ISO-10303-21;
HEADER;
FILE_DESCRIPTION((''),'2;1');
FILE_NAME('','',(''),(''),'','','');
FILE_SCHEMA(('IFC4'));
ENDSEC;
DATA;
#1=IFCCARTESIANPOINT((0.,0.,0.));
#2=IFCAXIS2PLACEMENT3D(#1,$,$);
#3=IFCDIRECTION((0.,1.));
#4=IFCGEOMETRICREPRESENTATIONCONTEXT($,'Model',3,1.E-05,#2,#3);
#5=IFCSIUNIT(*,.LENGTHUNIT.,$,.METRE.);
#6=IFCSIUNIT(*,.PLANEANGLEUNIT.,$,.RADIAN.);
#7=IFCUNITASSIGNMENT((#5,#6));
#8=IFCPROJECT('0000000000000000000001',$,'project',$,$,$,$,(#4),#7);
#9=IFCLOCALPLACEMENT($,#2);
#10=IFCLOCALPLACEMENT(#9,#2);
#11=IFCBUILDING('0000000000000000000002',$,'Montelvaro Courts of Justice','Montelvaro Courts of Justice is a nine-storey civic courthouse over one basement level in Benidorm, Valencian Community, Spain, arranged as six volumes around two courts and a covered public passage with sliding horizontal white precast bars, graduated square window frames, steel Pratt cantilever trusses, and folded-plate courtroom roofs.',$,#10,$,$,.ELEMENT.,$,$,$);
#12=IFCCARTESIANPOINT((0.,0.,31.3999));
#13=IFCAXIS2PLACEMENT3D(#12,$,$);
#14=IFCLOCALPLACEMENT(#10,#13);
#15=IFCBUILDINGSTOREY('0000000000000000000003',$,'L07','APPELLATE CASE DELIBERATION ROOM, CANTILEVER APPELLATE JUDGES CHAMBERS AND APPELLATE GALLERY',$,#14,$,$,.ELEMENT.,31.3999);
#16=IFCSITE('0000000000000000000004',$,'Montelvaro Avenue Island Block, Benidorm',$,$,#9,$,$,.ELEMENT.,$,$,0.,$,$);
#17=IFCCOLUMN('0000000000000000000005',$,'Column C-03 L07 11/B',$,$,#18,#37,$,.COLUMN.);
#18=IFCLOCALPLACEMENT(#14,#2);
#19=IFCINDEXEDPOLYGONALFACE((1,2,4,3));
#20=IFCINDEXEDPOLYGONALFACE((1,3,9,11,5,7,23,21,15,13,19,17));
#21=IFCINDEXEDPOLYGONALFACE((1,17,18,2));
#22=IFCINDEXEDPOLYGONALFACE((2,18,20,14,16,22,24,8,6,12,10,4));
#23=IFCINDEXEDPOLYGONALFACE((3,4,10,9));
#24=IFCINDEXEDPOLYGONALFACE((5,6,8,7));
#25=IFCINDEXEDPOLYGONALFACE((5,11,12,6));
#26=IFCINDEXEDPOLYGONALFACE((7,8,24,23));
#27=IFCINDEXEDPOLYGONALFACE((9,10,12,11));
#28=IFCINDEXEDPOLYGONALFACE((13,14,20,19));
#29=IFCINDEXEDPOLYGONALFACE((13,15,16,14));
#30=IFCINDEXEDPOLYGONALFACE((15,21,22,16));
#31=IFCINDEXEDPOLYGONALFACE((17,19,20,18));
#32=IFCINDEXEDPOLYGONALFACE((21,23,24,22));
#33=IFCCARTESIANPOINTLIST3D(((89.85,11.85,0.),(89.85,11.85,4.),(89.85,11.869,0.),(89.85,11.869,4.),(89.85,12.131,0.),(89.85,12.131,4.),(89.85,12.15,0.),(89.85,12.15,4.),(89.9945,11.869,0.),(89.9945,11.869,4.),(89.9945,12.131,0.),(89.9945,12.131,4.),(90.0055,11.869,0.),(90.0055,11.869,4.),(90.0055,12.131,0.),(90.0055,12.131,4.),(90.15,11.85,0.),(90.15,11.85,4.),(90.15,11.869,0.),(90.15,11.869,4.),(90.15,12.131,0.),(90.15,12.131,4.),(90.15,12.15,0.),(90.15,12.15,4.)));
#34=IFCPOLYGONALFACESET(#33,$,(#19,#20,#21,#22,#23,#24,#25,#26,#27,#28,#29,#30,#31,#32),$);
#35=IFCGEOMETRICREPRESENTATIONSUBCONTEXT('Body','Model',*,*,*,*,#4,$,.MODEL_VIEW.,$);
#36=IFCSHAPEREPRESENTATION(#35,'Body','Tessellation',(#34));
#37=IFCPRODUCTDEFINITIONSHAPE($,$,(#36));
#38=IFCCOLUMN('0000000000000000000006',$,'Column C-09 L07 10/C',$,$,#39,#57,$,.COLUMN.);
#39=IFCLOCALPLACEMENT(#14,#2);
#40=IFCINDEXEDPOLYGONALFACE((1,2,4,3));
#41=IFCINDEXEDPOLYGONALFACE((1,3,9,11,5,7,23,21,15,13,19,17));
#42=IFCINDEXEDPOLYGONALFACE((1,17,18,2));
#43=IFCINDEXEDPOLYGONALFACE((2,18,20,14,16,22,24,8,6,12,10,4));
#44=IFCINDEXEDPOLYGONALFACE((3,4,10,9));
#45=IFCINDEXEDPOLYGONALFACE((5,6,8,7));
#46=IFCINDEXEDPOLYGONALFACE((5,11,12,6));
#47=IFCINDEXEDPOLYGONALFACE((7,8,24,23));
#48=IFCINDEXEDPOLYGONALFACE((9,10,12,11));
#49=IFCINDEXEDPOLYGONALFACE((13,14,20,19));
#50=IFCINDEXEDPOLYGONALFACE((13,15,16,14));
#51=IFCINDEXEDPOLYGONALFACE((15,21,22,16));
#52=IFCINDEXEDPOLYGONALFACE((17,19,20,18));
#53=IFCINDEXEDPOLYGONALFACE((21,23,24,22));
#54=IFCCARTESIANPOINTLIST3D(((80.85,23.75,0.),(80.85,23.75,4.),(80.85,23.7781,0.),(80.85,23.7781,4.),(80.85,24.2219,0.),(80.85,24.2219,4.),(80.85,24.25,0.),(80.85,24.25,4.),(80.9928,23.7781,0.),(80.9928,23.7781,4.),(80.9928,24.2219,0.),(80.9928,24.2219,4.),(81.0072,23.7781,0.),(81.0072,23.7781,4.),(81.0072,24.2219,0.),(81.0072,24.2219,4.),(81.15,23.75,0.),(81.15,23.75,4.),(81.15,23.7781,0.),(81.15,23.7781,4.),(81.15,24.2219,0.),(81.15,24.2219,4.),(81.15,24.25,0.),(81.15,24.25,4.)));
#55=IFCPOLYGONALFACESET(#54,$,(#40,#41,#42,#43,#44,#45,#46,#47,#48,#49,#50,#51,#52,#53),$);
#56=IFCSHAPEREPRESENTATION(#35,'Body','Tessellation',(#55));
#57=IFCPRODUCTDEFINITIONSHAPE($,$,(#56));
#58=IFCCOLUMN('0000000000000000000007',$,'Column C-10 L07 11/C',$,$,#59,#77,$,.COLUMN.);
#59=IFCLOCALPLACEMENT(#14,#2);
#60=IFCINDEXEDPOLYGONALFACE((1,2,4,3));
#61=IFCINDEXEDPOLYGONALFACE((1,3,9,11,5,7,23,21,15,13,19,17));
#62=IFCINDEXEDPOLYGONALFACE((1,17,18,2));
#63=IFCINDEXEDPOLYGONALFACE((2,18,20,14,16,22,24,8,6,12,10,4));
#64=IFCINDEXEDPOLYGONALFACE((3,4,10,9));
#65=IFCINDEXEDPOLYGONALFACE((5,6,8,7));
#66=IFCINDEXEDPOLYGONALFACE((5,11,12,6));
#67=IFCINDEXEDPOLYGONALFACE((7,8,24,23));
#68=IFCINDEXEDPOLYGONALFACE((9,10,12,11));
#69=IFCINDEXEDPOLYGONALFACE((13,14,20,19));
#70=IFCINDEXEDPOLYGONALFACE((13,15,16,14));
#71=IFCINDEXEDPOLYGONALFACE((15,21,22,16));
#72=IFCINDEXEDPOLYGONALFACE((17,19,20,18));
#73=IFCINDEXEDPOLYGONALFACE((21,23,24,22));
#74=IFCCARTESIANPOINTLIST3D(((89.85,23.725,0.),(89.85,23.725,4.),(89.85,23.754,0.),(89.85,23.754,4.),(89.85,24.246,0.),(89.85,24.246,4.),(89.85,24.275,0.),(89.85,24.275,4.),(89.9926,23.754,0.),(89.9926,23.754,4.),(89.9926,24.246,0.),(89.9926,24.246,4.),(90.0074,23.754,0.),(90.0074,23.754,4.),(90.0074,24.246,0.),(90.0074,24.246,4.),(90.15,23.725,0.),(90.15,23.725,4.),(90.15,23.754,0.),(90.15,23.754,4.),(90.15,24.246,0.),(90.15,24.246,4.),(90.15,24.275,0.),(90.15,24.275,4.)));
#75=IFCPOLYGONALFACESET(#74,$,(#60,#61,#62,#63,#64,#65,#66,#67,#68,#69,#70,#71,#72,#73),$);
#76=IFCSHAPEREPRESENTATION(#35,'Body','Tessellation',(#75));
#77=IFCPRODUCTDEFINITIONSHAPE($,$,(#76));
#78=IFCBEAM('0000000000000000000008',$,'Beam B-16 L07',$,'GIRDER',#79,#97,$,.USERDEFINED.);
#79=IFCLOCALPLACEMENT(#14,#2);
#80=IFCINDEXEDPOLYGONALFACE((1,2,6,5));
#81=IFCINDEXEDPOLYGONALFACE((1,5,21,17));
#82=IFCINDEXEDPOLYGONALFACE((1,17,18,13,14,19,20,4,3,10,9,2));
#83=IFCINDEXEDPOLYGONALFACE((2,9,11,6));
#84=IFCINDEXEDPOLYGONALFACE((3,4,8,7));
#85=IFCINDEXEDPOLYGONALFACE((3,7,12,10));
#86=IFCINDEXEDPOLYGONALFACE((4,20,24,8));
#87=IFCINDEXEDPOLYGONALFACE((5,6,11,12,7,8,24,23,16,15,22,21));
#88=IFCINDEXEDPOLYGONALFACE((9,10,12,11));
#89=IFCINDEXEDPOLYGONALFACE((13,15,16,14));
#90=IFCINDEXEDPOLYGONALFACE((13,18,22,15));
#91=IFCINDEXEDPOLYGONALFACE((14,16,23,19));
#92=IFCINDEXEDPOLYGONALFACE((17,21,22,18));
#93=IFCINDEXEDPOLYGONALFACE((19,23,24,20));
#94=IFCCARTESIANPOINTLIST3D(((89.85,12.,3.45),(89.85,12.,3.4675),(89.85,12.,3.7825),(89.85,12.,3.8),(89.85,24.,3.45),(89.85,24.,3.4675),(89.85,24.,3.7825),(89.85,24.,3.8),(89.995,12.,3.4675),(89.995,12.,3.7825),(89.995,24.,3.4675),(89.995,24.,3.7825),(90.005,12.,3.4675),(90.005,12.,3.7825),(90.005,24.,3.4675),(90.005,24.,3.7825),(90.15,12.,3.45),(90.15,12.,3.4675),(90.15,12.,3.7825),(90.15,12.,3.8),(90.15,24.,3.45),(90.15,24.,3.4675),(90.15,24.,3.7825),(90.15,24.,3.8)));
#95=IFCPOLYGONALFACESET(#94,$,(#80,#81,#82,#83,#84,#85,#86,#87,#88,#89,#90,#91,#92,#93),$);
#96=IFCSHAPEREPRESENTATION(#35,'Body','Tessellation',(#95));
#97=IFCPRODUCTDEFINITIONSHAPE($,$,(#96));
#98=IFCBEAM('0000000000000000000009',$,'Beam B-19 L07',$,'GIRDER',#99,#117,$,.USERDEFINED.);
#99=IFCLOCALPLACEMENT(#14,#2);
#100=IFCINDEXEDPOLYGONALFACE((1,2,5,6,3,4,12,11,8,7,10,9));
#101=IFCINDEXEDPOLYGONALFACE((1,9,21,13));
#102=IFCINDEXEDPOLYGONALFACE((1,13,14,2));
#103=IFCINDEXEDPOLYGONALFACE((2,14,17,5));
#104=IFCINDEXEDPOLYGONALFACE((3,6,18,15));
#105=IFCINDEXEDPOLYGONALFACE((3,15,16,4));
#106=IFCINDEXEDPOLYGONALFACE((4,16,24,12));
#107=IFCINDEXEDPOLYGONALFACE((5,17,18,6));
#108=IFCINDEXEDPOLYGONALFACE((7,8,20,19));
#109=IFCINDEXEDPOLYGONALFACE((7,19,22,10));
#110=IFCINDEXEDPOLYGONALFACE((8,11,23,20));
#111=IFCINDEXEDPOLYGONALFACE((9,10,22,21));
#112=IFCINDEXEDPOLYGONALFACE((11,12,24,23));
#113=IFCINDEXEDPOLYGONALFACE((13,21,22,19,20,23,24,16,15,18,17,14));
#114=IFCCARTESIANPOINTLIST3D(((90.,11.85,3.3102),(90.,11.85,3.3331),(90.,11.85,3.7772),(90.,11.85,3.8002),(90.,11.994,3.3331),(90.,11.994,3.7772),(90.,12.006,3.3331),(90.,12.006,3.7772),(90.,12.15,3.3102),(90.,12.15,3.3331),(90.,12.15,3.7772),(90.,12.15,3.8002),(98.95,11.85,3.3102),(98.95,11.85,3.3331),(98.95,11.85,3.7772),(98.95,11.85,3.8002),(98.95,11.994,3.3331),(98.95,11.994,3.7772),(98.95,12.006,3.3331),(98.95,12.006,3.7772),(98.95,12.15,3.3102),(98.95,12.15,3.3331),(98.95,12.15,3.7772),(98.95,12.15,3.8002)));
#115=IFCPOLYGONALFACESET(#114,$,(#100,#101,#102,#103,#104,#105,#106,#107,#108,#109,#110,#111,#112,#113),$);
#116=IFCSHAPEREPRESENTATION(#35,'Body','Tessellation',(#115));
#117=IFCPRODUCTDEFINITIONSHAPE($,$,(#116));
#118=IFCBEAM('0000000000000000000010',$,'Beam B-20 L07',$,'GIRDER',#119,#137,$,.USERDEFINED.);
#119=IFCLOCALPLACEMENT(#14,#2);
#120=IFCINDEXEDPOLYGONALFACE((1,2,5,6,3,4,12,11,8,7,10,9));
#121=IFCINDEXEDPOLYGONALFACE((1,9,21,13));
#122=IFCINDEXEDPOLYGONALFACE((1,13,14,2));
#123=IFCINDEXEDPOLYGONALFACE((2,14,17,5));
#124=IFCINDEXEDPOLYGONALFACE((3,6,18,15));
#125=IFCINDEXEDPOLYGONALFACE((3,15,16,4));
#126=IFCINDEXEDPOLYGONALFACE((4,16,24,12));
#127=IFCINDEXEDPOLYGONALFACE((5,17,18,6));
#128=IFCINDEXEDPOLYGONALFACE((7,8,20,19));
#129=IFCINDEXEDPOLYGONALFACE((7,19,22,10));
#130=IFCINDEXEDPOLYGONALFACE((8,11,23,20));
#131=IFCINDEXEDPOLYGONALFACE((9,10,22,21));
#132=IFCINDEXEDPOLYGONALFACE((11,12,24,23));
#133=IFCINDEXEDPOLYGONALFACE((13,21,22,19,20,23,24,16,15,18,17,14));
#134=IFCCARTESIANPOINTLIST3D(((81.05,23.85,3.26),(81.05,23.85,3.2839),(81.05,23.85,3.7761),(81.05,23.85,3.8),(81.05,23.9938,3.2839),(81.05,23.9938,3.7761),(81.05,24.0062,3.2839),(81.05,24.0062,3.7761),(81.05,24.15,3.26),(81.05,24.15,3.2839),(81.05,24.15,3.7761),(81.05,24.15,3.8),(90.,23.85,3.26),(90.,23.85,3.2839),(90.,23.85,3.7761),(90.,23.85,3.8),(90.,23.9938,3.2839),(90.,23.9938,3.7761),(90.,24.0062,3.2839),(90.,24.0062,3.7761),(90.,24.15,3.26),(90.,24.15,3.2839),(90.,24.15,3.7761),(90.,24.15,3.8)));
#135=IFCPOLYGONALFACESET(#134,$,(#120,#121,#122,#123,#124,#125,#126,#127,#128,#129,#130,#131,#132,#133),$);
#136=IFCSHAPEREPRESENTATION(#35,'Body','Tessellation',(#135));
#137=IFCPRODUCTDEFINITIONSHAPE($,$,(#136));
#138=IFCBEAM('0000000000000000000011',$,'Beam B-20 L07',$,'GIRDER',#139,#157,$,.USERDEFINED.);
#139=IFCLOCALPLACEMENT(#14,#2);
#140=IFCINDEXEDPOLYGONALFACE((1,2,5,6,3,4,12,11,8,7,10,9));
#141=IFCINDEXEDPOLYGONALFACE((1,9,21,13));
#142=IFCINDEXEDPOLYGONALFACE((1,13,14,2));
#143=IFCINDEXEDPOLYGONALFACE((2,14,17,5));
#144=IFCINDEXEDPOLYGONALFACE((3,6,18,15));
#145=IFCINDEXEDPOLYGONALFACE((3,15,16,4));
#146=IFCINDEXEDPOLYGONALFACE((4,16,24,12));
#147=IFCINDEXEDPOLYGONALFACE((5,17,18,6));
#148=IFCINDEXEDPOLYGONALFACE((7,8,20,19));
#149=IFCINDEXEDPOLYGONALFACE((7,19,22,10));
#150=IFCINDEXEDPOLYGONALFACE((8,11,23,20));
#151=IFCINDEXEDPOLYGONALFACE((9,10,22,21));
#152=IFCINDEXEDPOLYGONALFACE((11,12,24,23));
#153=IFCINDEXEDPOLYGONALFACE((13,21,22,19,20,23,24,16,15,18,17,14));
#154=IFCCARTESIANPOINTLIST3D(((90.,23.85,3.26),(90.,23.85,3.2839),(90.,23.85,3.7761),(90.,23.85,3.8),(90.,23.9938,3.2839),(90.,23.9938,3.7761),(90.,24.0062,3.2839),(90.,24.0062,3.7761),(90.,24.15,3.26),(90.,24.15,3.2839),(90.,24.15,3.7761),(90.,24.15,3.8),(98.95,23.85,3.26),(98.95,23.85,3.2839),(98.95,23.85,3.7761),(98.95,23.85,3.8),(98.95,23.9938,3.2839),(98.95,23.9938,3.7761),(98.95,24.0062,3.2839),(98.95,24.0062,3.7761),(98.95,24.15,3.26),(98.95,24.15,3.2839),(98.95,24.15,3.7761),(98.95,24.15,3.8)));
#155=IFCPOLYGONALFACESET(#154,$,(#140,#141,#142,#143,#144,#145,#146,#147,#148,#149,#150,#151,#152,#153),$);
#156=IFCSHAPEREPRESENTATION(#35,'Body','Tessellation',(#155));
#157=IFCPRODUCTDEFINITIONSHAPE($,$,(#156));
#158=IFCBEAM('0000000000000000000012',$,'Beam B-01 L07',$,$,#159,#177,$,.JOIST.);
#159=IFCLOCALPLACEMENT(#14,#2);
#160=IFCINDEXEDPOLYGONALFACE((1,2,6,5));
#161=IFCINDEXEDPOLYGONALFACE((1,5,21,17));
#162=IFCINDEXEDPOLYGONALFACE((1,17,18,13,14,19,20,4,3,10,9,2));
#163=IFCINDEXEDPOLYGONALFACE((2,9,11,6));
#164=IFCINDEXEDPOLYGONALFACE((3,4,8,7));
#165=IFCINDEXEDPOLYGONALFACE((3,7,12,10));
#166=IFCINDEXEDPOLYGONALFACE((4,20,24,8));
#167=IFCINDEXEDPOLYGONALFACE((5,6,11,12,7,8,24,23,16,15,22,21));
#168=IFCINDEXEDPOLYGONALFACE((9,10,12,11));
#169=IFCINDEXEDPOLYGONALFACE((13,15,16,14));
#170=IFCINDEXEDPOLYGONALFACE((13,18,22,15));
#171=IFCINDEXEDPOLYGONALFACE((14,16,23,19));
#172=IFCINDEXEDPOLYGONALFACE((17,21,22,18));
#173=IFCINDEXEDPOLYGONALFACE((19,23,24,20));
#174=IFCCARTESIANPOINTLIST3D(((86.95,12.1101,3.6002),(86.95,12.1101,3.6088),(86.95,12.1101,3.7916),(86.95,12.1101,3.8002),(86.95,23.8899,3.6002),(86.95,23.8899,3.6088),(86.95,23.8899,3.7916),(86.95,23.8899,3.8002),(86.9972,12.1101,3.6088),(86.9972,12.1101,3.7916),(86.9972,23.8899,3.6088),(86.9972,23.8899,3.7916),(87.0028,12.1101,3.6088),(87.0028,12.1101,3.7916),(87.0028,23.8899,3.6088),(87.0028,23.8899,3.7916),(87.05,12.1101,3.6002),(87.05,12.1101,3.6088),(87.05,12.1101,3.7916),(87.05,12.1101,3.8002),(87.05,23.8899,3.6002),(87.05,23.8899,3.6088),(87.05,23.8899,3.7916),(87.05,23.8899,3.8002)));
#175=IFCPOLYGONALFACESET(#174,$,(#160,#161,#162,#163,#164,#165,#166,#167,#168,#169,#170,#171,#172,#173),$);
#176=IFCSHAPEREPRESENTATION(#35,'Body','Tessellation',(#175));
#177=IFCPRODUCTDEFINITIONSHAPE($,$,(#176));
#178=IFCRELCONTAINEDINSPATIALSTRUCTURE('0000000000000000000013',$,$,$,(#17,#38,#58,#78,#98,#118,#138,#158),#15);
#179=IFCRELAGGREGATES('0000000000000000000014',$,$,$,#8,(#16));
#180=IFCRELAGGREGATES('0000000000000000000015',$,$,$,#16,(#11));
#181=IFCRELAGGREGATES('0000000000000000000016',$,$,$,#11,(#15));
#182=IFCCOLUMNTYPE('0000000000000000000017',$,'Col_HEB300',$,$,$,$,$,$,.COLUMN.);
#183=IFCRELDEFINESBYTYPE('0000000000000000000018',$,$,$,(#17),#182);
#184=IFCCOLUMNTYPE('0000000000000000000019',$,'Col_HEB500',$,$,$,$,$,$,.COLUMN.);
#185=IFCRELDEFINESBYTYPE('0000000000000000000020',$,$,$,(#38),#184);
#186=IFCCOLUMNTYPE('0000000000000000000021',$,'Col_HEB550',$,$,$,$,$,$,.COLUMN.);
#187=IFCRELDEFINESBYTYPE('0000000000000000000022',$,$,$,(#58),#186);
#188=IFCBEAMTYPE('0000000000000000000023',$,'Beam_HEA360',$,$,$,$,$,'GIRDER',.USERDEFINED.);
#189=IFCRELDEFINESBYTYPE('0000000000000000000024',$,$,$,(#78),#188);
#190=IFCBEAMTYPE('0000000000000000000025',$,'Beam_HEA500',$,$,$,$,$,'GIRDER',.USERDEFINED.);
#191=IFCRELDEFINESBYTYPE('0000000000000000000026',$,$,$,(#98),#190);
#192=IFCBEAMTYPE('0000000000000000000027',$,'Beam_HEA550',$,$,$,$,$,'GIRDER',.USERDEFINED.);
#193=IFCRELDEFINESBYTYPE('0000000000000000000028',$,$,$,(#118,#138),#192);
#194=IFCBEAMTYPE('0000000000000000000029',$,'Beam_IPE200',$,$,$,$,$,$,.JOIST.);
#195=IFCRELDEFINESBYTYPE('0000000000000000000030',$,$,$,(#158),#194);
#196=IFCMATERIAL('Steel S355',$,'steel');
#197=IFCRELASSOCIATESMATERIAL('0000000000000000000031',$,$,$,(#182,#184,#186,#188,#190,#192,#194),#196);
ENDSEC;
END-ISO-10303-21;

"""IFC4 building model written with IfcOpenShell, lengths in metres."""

from ifc_helpers import new_model, si_unit, direction, frame, origin, origin_2d, place, context, subcontext, project, spatial, i_section, extrude, material, material_profile, profile_set, type_object, element, save


model = new_model("IFC4")

# Units and contexts
model_context = context("Model", 3, precision=1e-05, world=origin(), true_north=direction((0.0, 1.0)))
body_context = subcontext(model_context, "Body", "Model", "MODEL_VIEW")
ifc_project = project(units=[si_unit("LENGTHUNIT", "METRE"), si_unit("PLANEANGLEUNIT", "RADIAN")], contexts=[model_context])

# Site, building, storey
site_placement = place(None, origin())
site = spatial("IfcSite", under=ifc_project, at=site_placement, Name="Montelvaro Avenue Island Block, Benidorm", CompositionType="ELEMENT", RefElevation=0.0)
building_placement = place(site_placement, origin())
building = spatial("IfcBuilding", under=site, at=building_placement, Name="Montelvaro Courts of Justice", Description="Montelvaro Courts of Justice is a nine-storey civic courthouse over one basement level in Benidorm, Valencian Community, Spain, arranged as six volumes around two courts and a covered public passage with sliding horizontal white precast bars, graduated square window frames, steel Pratt cantilever trusses, and folded-plate courtroom roofs.", CompositionType="ELEMENT")
storey_placement = place(building_placement, frame((0.0, 0.0, 31.3999)))
storey = spatial("IfcBuildingStorey", under=building, at=storey_placement, Name="L07", Description="APPELLATE CASE DELIBERATION ROOM, CANTILEVER APPELLATE JUDGES CHAMBERS AND APPELLATE GALLERY", CompositionType="ELEMENT", Elevation=31.3999)

# Columns
ifc_material_1 = material(Name="Steel S355", Category="steel")
ifc_material_profile_1 = material_profile(ifc_material_1, i_section(OverallWidth=0.3, OverallDepth=0.3, WebThickness=0.011, FlangeThickness=0.019, at=origin_2d()), Name="HEB 300")
ifc_profile_set_1 = profile_set([ifc_material_profile_1], Name="Steel S355")
column_type_1 = type_object("IfcColumnType", Name="Col_HEB300", PredefinedType="COLUMN", material=ifc_profile_set_1)
column_1_placement = place(storey_placement, frame((90.0, 12.0, 0.0), z_axis=(0.0, 0.0, 1.0), x_axis=(1.0, 0.0, 0.0)))
element("IfcColumn", 1, at=column_1_placement, inside=storey, type_object=column_type_1, Name="Column C-03 L07 11/B", PredefinedType="COLUMN", context=body_context, shape_type="SweptSolid", body=[
    extrude(i_section(OverallWidth=0.3, OverallDepth=0.3, WebThickness=0.011, FlangeThickness=0.019, at=origin_2d()), origin(), (0.0, 0.0, 1.0), 4.0),
])
ifc_material_profile_2 = material_profile(ifc_material_1, i_section(OverallWidth=0.3, OverallDepth=0.5, WebThickness=0.0144, FlangeThickness=0.0281, at=origin_2d()), Name="HEB 500")
ifc_profile_set_2 = profile_set([ifc_material_profile_2], Name="Steel S355")
column_type_2 = type_object("IfcColumnType", Name="Col_HEB500", PredefinedType="COLUMN", material=ifc_profile_set_2)
column_2_placement = place(storey_placement, frame((81.0, 24.0, 0.0), z_axis=(0.0, 0.0, 1.0), x_axis=(1.0, 0.0, 0.0)))
element("IfcColumn", 2, at=column_2_placement, inside=storey, type_object=column_type_2, Name="Column C-09 L07 10/C", PredefinedType="COLUMN", context=body_context, shape_type="SweptSolid", body=[
    extrude(i_section(OverallWidth=0.3, OverallDepth=0.5, WebThickness=0.0144, FlangeThickness=0.0281, at=origin_2d()), origin(), (0.0, 0.0, 1.0), 4.0),
])
ifc_material_profile_3 = material_profile(ifc_material_1, i_section(OverallWidth=0.3, OverallDepth=0.55, WebThickness=0.0149, FlangeThickness=0.0291, at=origin_2d()), Name="HEB 550")
ifc_profile_set_3 = profile_set([ifc_material_profile_3], Name="Steel S355")
column_type_3 = type_object("IfcColumnType", Name="Col_HEB550", PredefinedType="COLUMN", material=ifc_profile_set_3)
column_3_placement = place(storey_placement, frame((90.0, 24.0, 0.0), z_axis=(0.0, 0.0, 1.0), x_axis=(1.0, 0.0, 0.0)))
element("IfcColumn", 3, at=column_3_placement, inside=storey, type_object=column_type_3, Name="Column C-10 L07 11/C", PredefinedType="COLUMN", context=body_context, shape_type="SweptSolid", body=[
    extrude(i_section(OverallWidth=0.3, OverallDepth=0.55, WebThickness=0.0149, FlangeThickness=0.0291, at=origin_2d()), origin(), (0.0, 0.0, 1.0), 4.0),
])

# Beams
ifc_material_profile_4 = material_profile(ifc_material_1, i_section(OverallWidth=0.3, OverallDepth=0.3501, WebThickness=0.01, FlangeThickness=0.0176, at=origin_2d()), Name="HEA 360")
ifc_profile_set_4 = profile_set([ifc_material_profile_4], Name="Steel S355")
beam_type_1 = type_object("IfcBeamType", Name="Beam_HEA360", ElementType="GIRDER", PredefinedType="USERDEFINED", material=ifc_profile_set_4)
beam_1_placement = place(storey_placement, frame((90.0, 12.0, 3.625), z_axis=(0.0, 1.0, 0.0), x_axis=(-1.0, 0.0, 0.0)))
element("IfcBeam", 4, at=beam_1_placement, inside=storey, type_object=beam_type_1, Name="Beam B-16 L07", ObjectType="GIRDER", PredefinedType="USERDEFINED", context=body_context, shape_type="SweptSolid", body=[
    extrude(i_section(OverallWidth=0.3, OverallDepth=0.3501, WebThickness=0.01, FlangeThickness=0.0176, at=origin_2d()), origin(), (0.0, 0.0, 1.0), 12.0),
])
ifc_material_profile_5 = material_profile(ifc_material_1, i_section(OverallWidth=0.3, OverallDepth=0.49, WebThickness=0.012, FlangeThickness=0.0229, at=origin_2d()), Name="HEA 500")
ifc_profile_set_5 = profile_set([ifc_material_profile_5], Name="Steel S355")
beam_type_2 = type_object("IfcBeamType", Name="Beam_HEA500", ElementType="GIRDER", PredefinedType="USERDEFINED", material=ifc_profile_set_5)
beam_2_placement = place(storey_placement, frame((90.0, 12.0, 3.5552), z_axis=(1.0, 0.0, 0.0), x_axis=(0.0, 1.0, 0.0)))
element("IfcBeam", 5, at=beam_2_placement, inside=storey, type_object=beam_type_2, Name="Beam B-19 L07", ObjectType="GIRDER", PredefinedType="USERDEFINED", context=body_context, shape_type="SweptSolid", body=[
    extrude(i_section(OverallWidth=0.3, OverallDepth=0.49, WebThickness=0.012, FlangeThickness=0.0229, at=origin_2d()), origin(), (0.0, 0.0, 1.0), 8.95),
])
ifc_material_profile_6 = material_profile(ifc_material_1, i_section(OverallWidth=0.3, OverallDepth=0.54, WebThickness=0.0125, FlangeThickness=0.0239, at=origin_2d()), Name="HEA 550")
ifc_profile_set_6 = profile_set([ifc_material_profile_6], Name="Steel S355")
beam_type_3 = type_object("IfcBeamType", Name="Beam_HEA550", ElementType="GIRDER", PredefinedType="USERDEFINED", material=ifc_profile_set_6)
for number, where, z_axis, x_axis, name in (
    (6, (81.05, 24.0, 3.53), (1.0, 0.0, 0.0), (0.0, 1.0, 0.0), "Beam B-20 L07"),
    (7, (90.0, 24.0, 3.53), (1.0, 0.0, 0.0), (0.0, 1.0, 0.0), "Beam B-20 L07"),
):
    element("IfcBeam", number, at=place(storey_placement, frame(where, z_axis=z_axis, x_axis=x_axis)), inside=storey, type_object=beam_type_3, Name=name, ObjectType="GIRDER", PredefinedType="USERDEFINED", context=body_context, shape_type="SweptSolid", body=[
        extrude(i_section(OverallWidth=0.3, OverallDepth=0.54, WebThickness=0.0125, FlangeThickness=0.0239, at=origin_2d()), origin(), (0.0, 0.0, 1.0), 8.95),
    ])
ifc_material_profile_7 = material_profile(ifc_material_1, i_section(OverallWidth=0.1001, OverallDepth=0.2, WebThickness=0.0056, FlangeThickness=0.0085, at=origin_2d()), Name="IPE 200")
ifc_profile_set_7 = profile_set([ifc_material_profile_7], Name="Steel S355")
beam_type_4 = type_object("IfcBeamType", Name="Beam_IPE200", PredefinedType="JOIST", material=ifc_profile_set_7)
beam_3_placement = place(storey_placement, frame((87.0, 12.1101, 3.7002), z_axis=(0.0, 1.0, 0.0), x_axis=(-1.0, 0.0, 0.0)))
element("IfcBeam", 8, at=beam_3_placement, inside=storey, type_object=beam_type_4, Name="Beam B-01 L07", PredefinedType="JOIST", context=body_context, shape_type="SweptSolid", body=[
    extrude(i_section(OverallWidth=0.1001, OverallDepth=0.2, WebThickness=0.0056, FlangeThickness=0.0085, at=origin_2d()), origin(), (0.0, 0.0, 1.0), 11.7798),
])

save(model, "model.ifc")
